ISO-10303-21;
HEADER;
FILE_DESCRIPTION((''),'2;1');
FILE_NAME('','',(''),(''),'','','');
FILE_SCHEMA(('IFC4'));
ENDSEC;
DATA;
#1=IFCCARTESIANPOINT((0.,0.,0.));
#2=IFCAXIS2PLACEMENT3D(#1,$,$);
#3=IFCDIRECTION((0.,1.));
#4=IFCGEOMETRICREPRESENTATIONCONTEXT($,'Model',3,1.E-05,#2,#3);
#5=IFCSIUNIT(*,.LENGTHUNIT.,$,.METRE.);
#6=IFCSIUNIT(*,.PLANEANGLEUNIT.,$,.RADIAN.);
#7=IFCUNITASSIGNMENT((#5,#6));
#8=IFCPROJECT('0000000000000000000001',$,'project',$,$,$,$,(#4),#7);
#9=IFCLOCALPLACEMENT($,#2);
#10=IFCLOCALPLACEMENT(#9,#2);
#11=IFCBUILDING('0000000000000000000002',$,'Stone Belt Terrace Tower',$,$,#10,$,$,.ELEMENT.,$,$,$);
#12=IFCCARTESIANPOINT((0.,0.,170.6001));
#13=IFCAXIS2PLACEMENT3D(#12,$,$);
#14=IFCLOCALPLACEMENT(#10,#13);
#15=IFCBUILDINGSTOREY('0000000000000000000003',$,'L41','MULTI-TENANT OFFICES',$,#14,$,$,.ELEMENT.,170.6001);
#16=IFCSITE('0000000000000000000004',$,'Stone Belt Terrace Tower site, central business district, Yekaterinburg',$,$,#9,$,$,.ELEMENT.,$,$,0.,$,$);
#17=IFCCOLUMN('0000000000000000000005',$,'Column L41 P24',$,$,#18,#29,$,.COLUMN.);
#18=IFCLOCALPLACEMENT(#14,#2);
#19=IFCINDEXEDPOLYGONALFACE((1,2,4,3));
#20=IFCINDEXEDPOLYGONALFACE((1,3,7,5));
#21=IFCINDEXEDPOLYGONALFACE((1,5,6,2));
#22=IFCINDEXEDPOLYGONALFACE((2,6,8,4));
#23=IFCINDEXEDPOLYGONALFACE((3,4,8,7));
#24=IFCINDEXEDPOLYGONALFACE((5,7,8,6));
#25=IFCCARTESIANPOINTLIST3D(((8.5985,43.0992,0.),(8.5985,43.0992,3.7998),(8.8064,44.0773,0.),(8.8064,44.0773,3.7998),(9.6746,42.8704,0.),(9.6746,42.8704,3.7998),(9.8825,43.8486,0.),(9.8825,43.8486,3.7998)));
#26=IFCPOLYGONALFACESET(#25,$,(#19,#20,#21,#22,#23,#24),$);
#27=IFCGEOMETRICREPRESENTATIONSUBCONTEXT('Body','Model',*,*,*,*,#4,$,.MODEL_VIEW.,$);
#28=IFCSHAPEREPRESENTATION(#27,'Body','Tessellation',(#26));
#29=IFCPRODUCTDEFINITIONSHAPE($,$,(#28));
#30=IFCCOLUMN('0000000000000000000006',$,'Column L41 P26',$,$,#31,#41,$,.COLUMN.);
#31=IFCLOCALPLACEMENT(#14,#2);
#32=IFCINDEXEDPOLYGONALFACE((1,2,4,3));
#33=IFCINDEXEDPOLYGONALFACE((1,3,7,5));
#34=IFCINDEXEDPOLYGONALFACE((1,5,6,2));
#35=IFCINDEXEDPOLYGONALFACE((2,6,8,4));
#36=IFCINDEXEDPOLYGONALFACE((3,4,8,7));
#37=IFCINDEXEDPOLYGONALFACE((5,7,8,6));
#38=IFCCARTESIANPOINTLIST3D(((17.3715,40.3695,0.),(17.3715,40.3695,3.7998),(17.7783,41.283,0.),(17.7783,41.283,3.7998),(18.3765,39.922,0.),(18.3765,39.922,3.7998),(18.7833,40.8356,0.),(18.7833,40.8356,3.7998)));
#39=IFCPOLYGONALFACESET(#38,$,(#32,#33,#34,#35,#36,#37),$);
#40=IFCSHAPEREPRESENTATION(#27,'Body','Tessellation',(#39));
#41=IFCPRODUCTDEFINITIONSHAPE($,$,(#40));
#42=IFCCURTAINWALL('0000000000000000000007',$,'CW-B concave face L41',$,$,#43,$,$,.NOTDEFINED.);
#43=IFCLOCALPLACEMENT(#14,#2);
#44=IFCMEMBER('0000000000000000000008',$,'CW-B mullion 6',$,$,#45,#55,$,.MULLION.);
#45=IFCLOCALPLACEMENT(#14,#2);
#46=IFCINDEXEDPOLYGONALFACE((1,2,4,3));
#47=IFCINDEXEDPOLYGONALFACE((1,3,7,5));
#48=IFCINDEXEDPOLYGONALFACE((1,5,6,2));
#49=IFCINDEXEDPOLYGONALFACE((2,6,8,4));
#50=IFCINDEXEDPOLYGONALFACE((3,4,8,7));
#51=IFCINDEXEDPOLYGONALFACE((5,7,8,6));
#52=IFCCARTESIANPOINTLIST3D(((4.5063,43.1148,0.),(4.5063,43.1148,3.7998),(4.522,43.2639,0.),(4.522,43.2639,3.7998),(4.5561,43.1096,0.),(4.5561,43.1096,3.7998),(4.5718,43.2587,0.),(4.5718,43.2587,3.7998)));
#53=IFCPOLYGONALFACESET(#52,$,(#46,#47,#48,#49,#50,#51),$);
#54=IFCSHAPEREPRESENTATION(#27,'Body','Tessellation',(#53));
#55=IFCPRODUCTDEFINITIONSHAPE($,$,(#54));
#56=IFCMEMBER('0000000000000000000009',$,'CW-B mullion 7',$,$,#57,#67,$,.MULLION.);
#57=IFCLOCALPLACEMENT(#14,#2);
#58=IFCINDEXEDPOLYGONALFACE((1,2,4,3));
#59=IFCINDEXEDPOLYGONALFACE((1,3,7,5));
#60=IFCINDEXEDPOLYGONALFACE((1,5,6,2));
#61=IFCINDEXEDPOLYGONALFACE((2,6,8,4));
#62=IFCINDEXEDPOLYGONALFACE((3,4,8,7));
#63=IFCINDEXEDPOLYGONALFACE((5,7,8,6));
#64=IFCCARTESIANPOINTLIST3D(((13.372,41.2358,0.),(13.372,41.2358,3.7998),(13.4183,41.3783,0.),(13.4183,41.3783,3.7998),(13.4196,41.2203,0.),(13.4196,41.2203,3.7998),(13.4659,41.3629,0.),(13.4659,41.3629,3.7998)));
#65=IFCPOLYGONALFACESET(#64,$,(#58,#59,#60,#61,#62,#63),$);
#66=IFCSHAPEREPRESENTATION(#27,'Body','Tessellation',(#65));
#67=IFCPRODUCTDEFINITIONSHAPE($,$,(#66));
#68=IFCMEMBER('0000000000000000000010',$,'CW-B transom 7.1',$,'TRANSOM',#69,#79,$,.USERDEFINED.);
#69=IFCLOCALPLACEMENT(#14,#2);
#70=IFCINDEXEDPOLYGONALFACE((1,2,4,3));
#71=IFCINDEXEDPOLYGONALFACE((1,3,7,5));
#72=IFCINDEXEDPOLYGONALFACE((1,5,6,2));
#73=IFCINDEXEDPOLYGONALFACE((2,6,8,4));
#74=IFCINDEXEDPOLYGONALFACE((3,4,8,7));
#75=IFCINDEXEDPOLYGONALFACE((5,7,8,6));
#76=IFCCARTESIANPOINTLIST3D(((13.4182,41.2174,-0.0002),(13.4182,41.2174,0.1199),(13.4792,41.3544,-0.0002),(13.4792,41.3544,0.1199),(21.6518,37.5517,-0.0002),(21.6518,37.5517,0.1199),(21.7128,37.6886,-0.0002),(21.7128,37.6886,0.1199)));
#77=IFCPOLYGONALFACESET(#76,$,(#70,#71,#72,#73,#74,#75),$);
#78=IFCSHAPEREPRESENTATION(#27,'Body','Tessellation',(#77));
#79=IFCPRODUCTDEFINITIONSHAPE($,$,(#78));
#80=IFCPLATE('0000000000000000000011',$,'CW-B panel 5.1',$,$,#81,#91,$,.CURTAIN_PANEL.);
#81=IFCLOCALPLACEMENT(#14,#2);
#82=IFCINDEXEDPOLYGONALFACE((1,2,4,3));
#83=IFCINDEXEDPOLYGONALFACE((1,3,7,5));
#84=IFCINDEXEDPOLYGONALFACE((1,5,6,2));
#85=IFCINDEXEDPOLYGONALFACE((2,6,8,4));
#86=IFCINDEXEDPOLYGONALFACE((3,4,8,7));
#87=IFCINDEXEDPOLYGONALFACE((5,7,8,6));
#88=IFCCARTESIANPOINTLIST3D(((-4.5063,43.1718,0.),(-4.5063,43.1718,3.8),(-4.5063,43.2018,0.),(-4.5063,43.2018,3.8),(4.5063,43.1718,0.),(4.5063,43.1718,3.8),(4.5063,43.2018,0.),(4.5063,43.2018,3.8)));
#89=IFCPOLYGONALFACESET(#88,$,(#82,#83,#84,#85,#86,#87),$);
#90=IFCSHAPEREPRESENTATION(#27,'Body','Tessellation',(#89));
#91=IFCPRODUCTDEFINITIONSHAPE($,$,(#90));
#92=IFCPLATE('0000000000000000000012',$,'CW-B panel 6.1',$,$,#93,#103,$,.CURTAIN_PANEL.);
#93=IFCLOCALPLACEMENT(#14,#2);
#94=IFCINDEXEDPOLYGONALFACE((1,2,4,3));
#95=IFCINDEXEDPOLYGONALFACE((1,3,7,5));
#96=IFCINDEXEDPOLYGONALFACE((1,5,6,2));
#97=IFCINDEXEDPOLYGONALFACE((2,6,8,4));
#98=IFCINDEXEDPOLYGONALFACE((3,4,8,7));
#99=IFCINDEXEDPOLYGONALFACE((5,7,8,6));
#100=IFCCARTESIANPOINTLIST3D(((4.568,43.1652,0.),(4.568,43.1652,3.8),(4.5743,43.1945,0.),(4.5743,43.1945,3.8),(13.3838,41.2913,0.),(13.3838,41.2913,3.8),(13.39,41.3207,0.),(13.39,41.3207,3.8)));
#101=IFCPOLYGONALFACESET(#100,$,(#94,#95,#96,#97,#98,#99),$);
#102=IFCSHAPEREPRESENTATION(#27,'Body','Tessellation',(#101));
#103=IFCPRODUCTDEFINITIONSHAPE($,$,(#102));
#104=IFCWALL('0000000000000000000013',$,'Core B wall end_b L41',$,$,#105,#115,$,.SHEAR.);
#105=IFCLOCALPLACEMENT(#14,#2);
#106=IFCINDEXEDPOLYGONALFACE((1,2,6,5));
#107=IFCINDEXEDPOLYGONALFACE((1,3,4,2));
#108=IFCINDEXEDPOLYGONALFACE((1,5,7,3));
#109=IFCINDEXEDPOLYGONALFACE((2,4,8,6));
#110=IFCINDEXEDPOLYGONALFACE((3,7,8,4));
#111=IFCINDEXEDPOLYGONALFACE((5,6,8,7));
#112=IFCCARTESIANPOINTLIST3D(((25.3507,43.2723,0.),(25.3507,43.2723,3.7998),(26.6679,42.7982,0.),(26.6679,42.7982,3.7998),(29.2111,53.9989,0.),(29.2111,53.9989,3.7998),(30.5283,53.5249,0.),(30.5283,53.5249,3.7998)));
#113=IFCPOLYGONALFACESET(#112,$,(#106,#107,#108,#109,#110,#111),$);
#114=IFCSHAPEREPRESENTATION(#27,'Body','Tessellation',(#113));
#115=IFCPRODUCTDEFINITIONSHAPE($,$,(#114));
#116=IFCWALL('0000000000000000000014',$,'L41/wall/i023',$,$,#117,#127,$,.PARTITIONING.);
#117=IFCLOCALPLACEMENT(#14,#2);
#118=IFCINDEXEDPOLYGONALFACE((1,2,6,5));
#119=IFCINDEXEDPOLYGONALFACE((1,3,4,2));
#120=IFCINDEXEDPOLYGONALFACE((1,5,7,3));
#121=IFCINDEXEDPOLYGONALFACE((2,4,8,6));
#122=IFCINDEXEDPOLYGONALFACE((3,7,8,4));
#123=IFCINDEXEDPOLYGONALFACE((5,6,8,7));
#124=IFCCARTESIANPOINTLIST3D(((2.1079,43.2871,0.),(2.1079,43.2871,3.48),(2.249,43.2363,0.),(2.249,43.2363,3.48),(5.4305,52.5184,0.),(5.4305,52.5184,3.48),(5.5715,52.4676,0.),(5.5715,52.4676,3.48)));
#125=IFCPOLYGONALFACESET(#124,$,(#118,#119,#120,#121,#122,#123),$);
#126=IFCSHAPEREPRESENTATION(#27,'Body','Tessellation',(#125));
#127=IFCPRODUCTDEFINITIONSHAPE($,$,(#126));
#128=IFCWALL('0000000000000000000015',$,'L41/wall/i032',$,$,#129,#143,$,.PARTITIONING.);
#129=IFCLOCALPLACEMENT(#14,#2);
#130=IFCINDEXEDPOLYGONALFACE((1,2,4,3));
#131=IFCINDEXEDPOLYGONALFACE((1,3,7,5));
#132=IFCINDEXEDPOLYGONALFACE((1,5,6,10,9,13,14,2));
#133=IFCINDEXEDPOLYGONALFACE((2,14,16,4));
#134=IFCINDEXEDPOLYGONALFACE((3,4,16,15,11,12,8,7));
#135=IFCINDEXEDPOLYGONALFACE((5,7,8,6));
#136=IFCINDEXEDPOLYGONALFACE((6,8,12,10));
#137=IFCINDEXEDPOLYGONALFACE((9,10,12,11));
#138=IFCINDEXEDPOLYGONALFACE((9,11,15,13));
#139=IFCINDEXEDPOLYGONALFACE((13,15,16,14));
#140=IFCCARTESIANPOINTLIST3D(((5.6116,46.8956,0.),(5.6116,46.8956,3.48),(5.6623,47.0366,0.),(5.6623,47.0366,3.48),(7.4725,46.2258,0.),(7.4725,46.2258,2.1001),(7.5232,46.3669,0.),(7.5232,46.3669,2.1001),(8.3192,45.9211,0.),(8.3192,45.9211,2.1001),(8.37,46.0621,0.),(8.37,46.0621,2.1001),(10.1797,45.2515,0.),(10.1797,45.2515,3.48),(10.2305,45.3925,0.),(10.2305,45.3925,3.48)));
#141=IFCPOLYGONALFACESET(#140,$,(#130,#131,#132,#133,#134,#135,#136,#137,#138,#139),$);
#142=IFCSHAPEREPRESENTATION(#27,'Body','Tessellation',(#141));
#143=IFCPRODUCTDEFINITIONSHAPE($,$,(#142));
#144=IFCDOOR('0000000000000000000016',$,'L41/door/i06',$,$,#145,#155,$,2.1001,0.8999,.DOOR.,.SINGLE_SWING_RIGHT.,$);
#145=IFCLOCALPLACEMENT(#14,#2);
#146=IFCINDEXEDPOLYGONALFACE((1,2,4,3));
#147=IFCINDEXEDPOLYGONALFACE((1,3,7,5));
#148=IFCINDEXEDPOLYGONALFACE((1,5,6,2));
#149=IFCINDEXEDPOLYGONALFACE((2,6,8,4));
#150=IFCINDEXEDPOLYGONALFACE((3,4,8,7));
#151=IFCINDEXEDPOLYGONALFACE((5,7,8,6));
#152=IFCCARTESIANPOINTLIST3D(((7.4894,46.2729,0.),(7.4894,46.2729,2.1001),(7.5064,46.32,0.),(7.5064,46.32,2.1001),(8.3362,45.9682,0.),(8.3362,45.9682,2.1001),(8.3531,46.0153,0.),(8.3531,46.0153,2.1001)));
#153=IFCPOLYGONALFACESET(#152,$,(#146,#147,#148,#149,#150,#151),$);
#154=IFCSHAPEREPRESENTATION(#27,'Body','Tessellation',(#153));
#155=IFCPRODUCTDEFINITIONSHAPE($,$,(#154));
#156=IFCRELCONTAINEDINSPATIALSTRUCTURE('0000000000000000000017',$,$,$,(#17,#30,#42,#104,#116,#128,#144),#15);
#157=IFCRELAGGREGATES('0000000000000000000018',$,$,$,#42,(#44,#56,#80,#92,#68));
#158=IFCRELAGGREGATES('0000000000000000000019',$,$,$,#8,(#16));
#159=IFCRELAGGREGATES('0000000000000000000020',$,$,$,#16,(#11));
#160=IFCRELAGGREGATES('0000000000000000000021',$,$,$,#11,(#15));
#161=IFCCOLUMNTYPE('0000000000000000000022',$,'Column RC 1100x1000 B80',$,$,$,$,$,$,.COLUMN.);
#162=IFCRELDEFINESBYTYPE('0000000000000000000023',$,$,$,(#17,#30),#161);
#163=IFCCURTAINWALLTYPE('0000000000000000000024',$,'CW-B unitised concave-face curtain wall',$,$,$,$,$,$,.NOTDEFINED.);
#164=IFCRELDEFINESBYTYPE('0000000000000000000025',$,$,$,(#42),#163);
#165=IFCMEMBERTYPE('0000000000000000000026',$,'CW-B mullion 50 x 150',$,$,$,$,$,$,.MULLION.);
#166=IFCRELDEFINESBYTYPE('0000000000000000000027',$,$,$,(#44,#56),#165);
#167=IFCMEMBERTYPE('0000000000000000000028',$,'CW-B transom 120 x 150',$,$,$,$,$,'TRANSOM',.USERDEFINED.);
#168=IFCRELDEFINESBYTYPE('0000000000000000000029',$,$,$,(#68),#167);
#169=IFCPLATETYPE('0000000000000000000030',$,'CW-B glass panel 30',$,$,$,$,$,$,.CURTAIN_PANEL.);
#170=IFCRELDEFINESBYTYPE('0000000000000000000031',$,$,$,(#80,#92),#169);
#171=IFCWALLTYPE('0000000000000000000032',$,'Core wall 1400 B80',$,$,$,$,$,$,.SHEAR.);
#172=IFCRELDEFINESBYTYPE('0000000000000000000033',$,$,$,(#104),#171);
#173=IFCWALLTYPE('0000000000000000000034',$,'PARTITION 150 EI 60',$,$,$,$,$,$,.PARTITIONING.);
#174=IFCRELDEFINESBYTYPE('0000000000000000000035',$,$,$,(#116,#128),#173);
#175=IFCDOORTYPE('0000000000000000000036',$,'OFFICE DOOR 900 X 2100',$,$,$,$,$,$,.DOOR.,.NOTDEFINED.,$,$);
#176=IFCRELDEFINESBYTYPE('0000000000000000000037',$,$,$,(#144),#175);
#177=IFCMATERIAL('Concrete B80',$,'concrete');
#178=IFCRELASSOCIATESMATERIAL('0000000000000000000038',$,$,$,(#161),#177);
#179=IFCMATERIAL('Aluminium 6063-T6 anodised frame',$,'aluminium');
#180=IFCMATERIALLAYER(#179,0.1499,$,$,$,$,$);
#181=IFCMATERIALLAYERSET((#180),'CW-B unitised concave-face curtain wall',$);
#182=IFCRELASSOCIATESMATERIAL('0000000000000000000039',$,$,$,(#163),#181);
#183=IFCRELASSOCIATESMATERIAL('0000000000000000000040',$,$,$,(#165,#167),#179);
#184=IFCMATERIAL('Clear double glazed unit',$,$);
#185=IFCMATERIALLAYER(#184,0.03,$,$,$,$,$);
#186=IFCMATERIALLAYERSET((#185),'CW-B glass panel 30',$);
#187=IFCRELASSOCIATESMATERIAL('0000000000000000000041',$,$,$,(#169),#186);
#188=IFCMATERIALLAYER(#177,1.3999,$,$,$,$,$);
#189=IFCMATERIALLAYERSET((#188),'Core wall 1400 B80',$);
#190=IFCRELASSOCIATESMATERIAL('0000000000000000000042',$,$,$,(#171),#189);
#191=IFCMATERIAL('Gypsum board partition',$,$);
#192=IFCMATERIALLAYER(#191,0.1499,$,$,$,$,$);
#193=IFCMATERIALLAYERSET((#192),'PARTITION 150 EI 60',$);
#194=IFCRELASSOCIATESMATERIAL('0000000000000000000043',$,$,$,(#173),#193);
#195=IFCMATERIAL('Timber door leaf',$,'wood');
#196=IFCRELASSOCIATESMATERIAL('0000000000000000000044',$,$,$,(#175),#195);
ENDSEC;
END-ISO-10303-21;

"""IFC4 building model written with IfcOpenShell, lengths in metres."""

from ifc_helpers import new_model, si_unit, direction, frame, frame_2d, origin, origin_2d, place, context, subcontext, project, spatial, rectangle, extrude, material, layer, layer_set, material_profile, profile_set, type_object, element, fill, aggregate, save


model = new_model("IFC4")

# Units and contexts
model_context = context("Model", 3, precision=1e-05, world=origin(), true_north=direction((0.0, 1.0)))
body_context = subcontext(model_context, "Body", "Model", "MODEL_VIEW")
ifc_project = project(units=[si_unit("LENGTHUNIT", "METRE"), si_unit("PLANEANGLEUNIT", "RADIAN")], contexts=[model_context])

# Site, building, storey
site_placement = place(None, origin())
site = spatial("IfcSite", under=ifc_project, at=site_placement, Name="Stone Belt Terrace Tower site, central business district, Yekaterinburg", CompositionType="ELEMENT", RefElevation=0.0)
building_placement = place(site_placement, origin())
building = spatial("IfcBuilding", under=site, at=building_placement, Name="Stone Belt Terrace Tower", CompositionType="ELEMENT")
storey_placement = place(building_placement, frame((0.0, 0.0, 170.6001)))
storey = spatial("IfcBuildingStorey", under=building, at=storey_placement, Name="L41", Description="MULTI-TENANT OFFICES", CompositionType="ELEMENT", Elevation=170.6001)

# Columns
ifc_material_1 = material(Name="Concrete B80", Category="concrete")
ifc_material_profile_1 = material_profile(ifc_material_1, rectangle(XDim=1.1001, YDim=1.0, at=origin_2d()), Name="RC 1100x1000")
ifc_profile_set_1 = profile_set([ifc_material_profile_1], Name="Concrete B80")
column_type = type_object("IfcColumnType", Name="Column RC 1100x1000 B80", PredefinedType="COLUMN", material=ifc_profile_set_1)
for number, where, z_axis, x_axis, name in (
    (1, (9.2405, 43.4739, 0.0), (0.0, 0.0, 1.0), (0.978148, -0.207912, 0.0), "Column L41 P24"),
    (2, (18.0774, 40.6025, 0.0), (0.0, 0.0, 1.0), (0.913545, -0.406737, 0.0), "Column L41 P26"),
):
    element("IfcColumn", number, at=place(storey_placement, frame(where, z_axis=z_axis, x_axis=x_axis)), inside=storey, type_object=column_type, Name=name, PredefinedType="COLUMN", context=body_context, shape_type="SweptSolid", body=[
        extrude(rectangle(XDim=1.1001, YDim=1.0, at=origin_2d()), origin(), (0.0, 0.0, 1.0), 3.7998),
    ])

# Curtain wall, members, plates
ifc_material_2 = material(Name="Aluminium 6063-T6 anodised frame", Category="aluminium")
ifc_layer_1 = layer(ifc_material_2, 0.1499)
ifc_layer_set_1 = layer_set([ifc_layer_1], Name="CW-B unitised concave-face curtain wall")
curtain_wall_type = type_object("IfcCurtainWallType", Name="CW-B unitised concave-face curtain wall", PredefinedType="NOTDEFINED", material=ifc_layer_set_1)
curtain_wall_placement = place(storey_placement, origin())
curtain_wall = element("IfcCurtainWall", 3, at=curtain_wall_placement, inside=storey, type_object=curtain_wall_type, Name="CW-B concave face L41", PredefinedType="NOTDEFINED")
ifc_material_profile_2 = material_profile(ifc_material_2, rectangle(XDim=0.1499, YDim=0.05, at=origin_2d()), Name="Aluminium 6063-T6 50x150")
ifc_profile_set_2 = profile_set([ifc_material_profile_2], Name="Aluminium 6063-T6 anodised frame")
member_type_1 = type_object("IfcMemberType", Name="CW-B mullion 50 x 150", PredefinedType="MULLION", material=ifc_profile_set_2)
member_1_placement = place(storey_placement, frame((4.5391, 43.1868, 0.0), z_axis=(0.0, 0.0, 1.0), x_axis=(0.104528, 0.994522, 0.0)))
member_1 = element("IfcMember", 4, at=member_1_placement, type_object=member_type_1, Name="CW-B mullion 6", PredefinedType="MULLION", context=body_context, shape_type="SweptSolid", body=[
    extrude(rectangle(XDim=0.1499, YDim=0.05, at=origin_2d()), origin(), (0.0, 0.0, 1.0), 3.7998),
])
member_2_placement = place(storey_placement, frame((13.4189, 41.2993, 0.0), z_axis=(0.0, 0.0, 1.0), x_axis=(0.309017, 0.951057, 0.0)))
member_2 = element("IfcMember", 5, at=member_2_placement, type_object=member_type_1, Name="CW-B mullion 7", PredefinedType="MULLION", context=body_context, shape_type="SweptSolid", body=[
    extrude(rectangle(XDim=0.1499, YDim=0.05, at=origin_2d()), origin(), (0.0, 0.0, 1.0), 3.7998),
])
ifc_material_profile_3 = material_profile(ifc_material_2, rectangle(XDim=0.1499, YDim=0.1201, at=origin_2d()), Name="Aluminium 6063-T6 150x120")
ifc_profile_set_3 = profile_set([ifc_material_profile_3], Name="Aluminium 6063-T6 anodised frame")
member_type_2 = type_object("IfcMemberType", Name="CW-B transom 120 x 150", ElementType="TRANSOM", PredefinedType="USERDEFINED", material=ifc_profile_set_3)
member_3_placement = place(storey_placement, frame((13.4487, 41.2859, 0.0598), z_axis=(0.913549, -0.406729, 0.0), x_axis=(0.406729, 0.913549, 0.0)))
member_3 = element("IfcMember", 6, at=member_3_placement, type_object=member_type_2, Name="CW-B transom 7.1", ObjectType="TRANSOM", PredefinedType="USERDEFINED", context=body_context, shape_type="SweptSolid", body=[
    extrude(rectangle(XDim=0.1499, YDim=0.1201, at=origin_2d()), origin(), (0.0, 0.0, 1.0), 9.0127),
])
ifc_material_3 = material(Name="Clear double glazed unit")
ifc_layer_2 = layer(ifc_material_3, 0.03)
ifc_layer_set_2 = layer_set([ifc_layer_2], Name="CW-B glass panel 30")
plate_type = type_object("IfcPlateType", Name="CW-B glass panel 30", PredefinedType="CURTAIN_PANEL", material=ifc_layer_set_2)
plate_1_placement = place(storey_placement, frame((0.0, 43.1868, 0.0), z_axis=(0.0, 0.0, 1.0), x_axis=(1.0, 0.0, 0.0)))
plate_1 = element("IfcPlate", 7, at=plate_1_placement, type_object=plate_type, Name="CW-B panel 5.1", PredefinedType="CURTAIN_PANEL", context=body_context, shape_type="SweptSolid", body=[
    extrude(rectangle(XDim=9.0127, YDim=0.03, at=origin_2d()), origin(), (0.0, 0.0, 1.0), 3.8),
])
plate_2_placement = place(storey_placement, frame((8.979, 42.2429, 0.0), z_axis=(0.0, 0.0, 1.0), x_axis=(0.978148, -0.207912, 0.0)))
plate_2 = element("IfcPlate", 8, at=plate_2_placement, type_object=plate_type, Name="CW-B panel 6.1", PredefinedType="CURTAIN_PANEL", context=body_context, shape_type="SweptSolid", body=[
    extrude(rectangle(XDim=9.0127, YDim=0.03, at=origin_2d()), origin(), (0.0, 0.0, 1.0), 3.8),
])
aggregate(curtain_wall, [member_1, member_2, plate_1, plate_2, member_3])

# Walls
ifc_layer_3 = layer(ifc_material_1, 1.3999)
ifc_layer_set_3 = layer_set([ifc_layer_3], Name="Core wall 1400 B80")
wall_type_1 = type_object("IfcWallType", Name="Core wall 1400 B80", PredefinedType="SHEAR", material=ifc_layer_set_3)
wall_1_placement = place(storey_placement, frame((26.0093, 43.0352, 0.0), z_axis=(0.0, 0.0, 1.0), x_axis=(0.338625, 0.940921, 0.0)))
element("IfcWall", 9, at=wall_1_placement, inside=storey, type_object=wall_type_1, Name="Core B wall end_b L41", PredefinedType="SHEAR", context=body_context, shape_type="SweptSolid", body=[
    extrude(rectangle(XDim=11.4001, YDim=1.3999, at=frame_2d((5.7002, 0.0))), origin(), (0.0, 0.0, 1.0), 3.7998),
])
ifc_material_4 = material(Name="Gypsum board partition")
ifc_layer_4 = layer(ifc_material_4, 0.1499)
ifc_layer_set_4 = layer_set([ifc_layer_4], Name="PARTITION 150 EI 60")
wall_type_2 = type_object("IfcWallType", Name="PARTITION 150 EI 60", PredefinedType="PARTITIONING", material=ifc_layer_set_4)
wall_2_placement = place(storey_placement, frame((2.1785, 43.2617, 0.0), z_axis=(0.0, 0.0, 1.0), x_axis=(0.338654, 0.940911, 0.0)))
element("IfcWall", 10, at=wall_2_placement, inside=storey, type_object=wall_type_2, Name="L41/wall/i023", PredefinedType="PARTITIONING", context=body_context, shape_type="SweptSolid", body=[
    extrude(rectangle(XDim=9.811, YDim=0.1499, at=frame_2d((4.9055, 0.0))), origin(), (0.0, 0.0, 1.0), 3.48),
])

# Wall, opening, door
wall_3_placement = place(storey_placement, frame((10.2051, 45.322, 0.0), z_axis=(0.0, 0.0, 1.0), x_axis=(-0.940919, 0.338632, 0.0)))
wall_3 = element("IfcWall", 11, at=wall_3_placement, inside=storey, type_object=wall_type_2, Name="L41/wall/i032", PredefinedType="PARTITIONING", context=body_context, shape_type="SweptSolid", body=[
    extrude(rectangle(XDim=4.855, YDim=0.1499, at=frame_2d((2.4275, 0.0))), origin(), (0.0, 0.0, 1.0), 3.48),
])
opening_1_placement = place(wall_3_placement, frame((1.9773, 0.0, 0.0)))
opening_1 = element("IfcOpeningElement", 12, at=opening_1_placement, cuts=wall_3, PredefinedType="OPENING", context=body_context, shape_type="SweptSolid", body=[
    extrude(rectangle(XDim=0.8999, YDim=2.1001, at=frame_2d((0.45, 1.05))), frame((0.0, 0.085, 0.0), z_axis=(0.0, -1.0, 0.0), x_axis=(1.0, 0.0, 0.0)), (0.0, 0.0, 1.0), 0.1699),
])
ifc_material_5 = material(Name="Timber door leaf", Category="wood")
door_type_1 = type_object("IfcDoorType", Name="OFFICE DOOR 900 X 2100", OperationType="NOTDEFINED", PredefinedType="DOOR", material=ifc_material_5)
door_1_placement = place(opening_1_placement, origin())
door_1 = element("IfcDoor", 13, at=door_1_placement, inside=storey, type_object=door_type_1, Name="L41/door/i06", OperationType="SINGLE_SWING_RIGHT", OverallHeight=2.1001, OverallWidth=0.8999, PredefinedType="DOOR", context=body_context, shape_type="SweptSolid", body=[
    extrude(rectangle(XDim=0.8999, YDim=2.1001, at=frame_2d((0.45, 1.05))), frame((0.0, 0.0249, 0.0), z_axis=(0.0, -1.0, 0.0), x_axis=(1.0, 0.0, 0.0)), (0.0, 0.0, 1.0), 0.05),
])
fill(opening_1, door_1)

save(model, "model.ifc")
